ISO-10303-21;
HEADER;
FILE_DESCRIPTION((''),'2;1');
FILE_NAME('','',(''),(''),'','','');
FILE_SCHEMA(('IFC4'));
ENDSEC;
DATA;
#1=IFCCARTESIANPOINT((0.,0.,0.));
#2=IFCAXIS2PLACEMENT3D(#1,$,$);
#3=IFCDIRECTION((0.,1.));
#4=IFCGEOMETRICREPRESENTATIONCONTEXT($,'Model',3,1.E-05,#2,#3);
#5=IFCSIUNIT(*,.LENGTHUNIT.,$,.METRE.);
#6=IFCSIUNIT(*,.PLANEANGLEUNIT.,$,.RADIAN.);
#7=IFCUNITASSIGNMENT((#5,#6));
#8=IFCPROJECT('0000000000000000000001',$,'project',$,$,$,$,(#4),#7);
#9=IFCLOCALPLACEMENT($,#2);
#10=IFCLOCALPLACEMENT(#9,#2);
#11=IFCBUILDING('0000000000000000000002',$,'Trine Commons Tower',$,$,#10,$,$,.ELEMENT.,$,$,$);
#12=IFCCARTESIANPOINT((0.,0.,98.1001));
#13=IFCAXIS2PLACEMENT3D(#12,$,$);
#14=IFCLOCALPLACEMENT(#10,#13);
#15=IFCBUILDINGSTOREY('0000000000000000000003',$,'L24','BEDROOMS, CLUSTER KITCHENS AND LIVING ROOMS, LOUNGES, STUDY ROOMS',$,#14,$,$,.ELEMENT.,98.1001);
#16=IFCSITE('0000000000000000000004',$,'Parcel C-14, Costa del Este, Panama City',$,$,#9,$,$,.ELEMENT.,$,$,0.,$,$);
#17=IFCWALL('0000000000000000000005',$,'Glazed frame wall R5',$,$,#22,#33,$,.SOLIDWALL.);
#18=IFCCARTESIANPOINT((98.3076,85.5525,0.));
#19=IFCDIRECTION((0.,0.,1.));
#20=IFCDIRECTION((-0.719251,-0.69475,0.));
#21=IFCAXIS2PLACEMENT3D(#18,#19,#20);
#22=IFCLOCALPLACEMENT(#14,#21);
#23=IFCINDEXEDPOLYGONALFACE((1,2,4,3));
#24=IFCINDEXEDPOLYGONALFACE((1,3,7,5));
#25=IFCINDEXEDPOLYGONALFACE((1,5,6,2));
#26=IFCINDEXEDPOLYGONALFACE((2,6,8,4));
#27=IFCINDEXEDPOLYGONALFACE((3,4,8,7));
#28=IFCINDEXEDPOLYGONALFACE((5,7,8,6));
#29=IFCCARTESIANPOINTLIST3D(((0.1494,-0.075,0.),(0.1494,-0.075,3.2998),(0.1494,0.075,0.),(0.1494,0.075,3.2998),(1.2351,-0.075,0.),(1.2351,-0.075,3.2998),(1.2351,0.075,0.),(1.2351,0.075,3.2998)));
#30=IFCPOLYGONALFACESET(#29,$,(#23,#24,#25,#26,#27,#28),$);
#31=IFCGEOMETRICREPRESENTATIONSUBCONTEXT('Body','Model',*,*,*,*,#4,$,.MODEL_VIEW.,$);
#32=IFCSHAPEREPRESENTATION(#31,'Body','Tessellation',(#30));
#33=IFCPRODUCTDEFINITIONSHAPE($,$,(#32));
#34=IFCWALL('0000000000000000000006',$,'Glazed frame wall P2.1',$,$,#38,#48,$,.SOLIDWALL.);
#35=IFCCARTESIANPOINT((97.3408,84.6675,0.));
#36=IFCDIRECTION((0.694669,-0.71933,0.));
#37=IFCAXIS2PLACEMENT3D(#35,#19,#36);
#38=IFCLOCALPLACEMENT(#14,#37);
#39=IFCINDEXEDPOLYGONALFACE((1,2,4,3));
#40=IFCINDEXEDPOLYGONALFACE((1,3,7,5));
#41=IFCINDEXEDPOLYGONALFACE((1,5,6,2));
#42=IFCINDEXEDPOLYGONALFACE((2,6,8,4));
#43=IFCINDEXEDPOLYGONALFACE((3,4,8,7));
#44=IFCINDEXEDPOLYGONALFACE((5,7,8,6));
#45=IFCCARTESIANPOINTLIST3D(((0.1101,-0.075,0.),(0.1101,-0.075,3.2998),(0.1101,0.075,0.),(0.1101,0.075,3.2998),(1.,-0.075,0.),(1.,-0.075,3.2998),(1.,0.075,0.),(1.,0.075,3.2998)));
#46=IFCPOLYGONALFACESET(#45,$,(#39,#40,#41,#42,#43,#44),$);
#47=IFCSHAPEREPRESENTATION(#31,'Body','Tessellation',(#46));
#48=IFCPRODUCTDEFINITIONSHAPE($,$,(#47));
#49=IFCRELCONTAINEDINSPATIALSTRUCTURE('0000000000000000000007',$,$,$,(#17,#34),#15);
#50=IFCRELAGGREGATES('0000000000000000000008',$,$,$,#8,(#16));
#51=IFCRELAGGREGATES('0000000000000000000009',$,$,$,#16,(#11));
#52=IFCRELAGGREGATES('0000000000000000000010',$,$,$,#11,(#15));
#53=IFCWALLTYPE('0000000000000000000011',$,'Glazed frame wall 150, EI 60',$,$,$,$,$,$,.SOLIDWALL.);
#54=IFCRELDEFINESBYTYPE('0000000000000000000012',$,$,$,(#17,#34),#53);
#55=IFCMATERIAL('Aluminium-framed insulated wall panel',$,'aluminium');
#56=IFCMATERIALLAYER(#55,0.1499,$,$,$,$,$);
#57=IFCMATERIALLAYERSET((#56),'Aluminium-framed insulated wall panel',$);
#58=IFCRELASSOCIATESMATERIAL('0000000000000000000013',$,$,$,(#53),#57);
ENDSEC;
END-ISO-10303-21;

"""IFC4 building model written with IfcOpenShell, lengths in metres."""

from ifc_helpers import new_model, si_unit, direction, frame, origin, place, context, subcontext, project, spatial, polyline, outline, extrude, material, layer, layer_set, type_object, element, save


model = new_model("IFC4")

# Units and contexts
model_context = context("Model", 3, precision=1e-05, world=origin(), true_north=direction((0.0, 1.0)))
body_context = subcontext(model_context, "Body", "Model", "MODEL_VIEW")
ifc_project = project(units=[si_unit("LENGTHUNIT", "METRE"), si_unit("PLANEANGLEUNIT", "RADIAN")], contexts=[model_context])

# Site, building, storey
site_placement = place(None, origin())
site = spatial("IfcSite", under=ifc_project, at=site_placement, Name="Parcel C-14, Costa del Este, Panama City", CompositionType="ELEMENT", RefElevation=0.0)
building_placement = place(site_placement, origin())
building = spatial("IfcBuilding", under=site, at=building_placement, Name="Trine Commons Tower", CompositionType="ELEMENT")
storey_placement = place(building_placement, frame((0.0, 0.0, 98.1001)))
storey = spatial("IfcBuildingStorey", under=building, at=storey_placement, Name="L24", Description="BEDROOMS, CLUSTER KITCHENS AND LIVING ROOMS, LOUNGES, STUDY ROOMS", CompositionType="ELEMENT", Elevation=98.1001)

# Walls
ifc_material_1 = material(Name="Aluminium-framed insulated wall panel", Category="aluminium")
ifc_layer_1 = layer(ifc_material_1, 0.1499)
ifc_layer_set_1 = layer_set([ifc_layer_1], Name="Aluminium-framed insulated wall panel")
wall_type_1 = type_object("IfcWallType", Name="Glazed frame wall 150, EI 60", PredefinedType="SOLIDWALL", material=ifc_layer_set_1)
wall_1_placement = place(storey_placement, frame((98.3076, 85.5525, 0.0), z_axis=(0.0, 0.0, 1.0), x_axis=(-0.719251, -0.69475, 0.0)))
element("IfcWall", 1, at=wall_1_placement, inside=storey, type_object=wall_type_1, Name="Glazed frame wall R5", PredefinedType="SOLIDWALL", context=body_context, shape_type="SweptSolid", body=[
    extrude(outline(polyline([(0.1494, 0.075), (0.1494, -0.075), (1.2351, -0.075), (1.2351, 0.075), (0.1494, 0.075)])), origin(), (0.0, 0.0, 1.0), 3.2998),
])
wall_2_placement = place(storey_placement, frame((97.3408, 84.6675, 0.0), z_axis=(0.0, 0.0, 1.0), x_axis=(0.694669, -0.71933, 0.0)))
element("IfcWall", 2, at=wall_2_placement, inside=storey, type_object=wall_type_1, Name="Glazed frame wall P2.1", PredefinedType="SOLIDWALL", context=body_context, shape_type="SweptSolid", body=[
    extrude(outline(polyline([(0.1101, -0.075), (1.0, -0.075), (1.0, 0.075), (0.1101, 0.075), (0.1101, -0.075)])), origin(), (0.0, 0.0, 1.0), 3.2998),
])

save(model, "model.ifc")
